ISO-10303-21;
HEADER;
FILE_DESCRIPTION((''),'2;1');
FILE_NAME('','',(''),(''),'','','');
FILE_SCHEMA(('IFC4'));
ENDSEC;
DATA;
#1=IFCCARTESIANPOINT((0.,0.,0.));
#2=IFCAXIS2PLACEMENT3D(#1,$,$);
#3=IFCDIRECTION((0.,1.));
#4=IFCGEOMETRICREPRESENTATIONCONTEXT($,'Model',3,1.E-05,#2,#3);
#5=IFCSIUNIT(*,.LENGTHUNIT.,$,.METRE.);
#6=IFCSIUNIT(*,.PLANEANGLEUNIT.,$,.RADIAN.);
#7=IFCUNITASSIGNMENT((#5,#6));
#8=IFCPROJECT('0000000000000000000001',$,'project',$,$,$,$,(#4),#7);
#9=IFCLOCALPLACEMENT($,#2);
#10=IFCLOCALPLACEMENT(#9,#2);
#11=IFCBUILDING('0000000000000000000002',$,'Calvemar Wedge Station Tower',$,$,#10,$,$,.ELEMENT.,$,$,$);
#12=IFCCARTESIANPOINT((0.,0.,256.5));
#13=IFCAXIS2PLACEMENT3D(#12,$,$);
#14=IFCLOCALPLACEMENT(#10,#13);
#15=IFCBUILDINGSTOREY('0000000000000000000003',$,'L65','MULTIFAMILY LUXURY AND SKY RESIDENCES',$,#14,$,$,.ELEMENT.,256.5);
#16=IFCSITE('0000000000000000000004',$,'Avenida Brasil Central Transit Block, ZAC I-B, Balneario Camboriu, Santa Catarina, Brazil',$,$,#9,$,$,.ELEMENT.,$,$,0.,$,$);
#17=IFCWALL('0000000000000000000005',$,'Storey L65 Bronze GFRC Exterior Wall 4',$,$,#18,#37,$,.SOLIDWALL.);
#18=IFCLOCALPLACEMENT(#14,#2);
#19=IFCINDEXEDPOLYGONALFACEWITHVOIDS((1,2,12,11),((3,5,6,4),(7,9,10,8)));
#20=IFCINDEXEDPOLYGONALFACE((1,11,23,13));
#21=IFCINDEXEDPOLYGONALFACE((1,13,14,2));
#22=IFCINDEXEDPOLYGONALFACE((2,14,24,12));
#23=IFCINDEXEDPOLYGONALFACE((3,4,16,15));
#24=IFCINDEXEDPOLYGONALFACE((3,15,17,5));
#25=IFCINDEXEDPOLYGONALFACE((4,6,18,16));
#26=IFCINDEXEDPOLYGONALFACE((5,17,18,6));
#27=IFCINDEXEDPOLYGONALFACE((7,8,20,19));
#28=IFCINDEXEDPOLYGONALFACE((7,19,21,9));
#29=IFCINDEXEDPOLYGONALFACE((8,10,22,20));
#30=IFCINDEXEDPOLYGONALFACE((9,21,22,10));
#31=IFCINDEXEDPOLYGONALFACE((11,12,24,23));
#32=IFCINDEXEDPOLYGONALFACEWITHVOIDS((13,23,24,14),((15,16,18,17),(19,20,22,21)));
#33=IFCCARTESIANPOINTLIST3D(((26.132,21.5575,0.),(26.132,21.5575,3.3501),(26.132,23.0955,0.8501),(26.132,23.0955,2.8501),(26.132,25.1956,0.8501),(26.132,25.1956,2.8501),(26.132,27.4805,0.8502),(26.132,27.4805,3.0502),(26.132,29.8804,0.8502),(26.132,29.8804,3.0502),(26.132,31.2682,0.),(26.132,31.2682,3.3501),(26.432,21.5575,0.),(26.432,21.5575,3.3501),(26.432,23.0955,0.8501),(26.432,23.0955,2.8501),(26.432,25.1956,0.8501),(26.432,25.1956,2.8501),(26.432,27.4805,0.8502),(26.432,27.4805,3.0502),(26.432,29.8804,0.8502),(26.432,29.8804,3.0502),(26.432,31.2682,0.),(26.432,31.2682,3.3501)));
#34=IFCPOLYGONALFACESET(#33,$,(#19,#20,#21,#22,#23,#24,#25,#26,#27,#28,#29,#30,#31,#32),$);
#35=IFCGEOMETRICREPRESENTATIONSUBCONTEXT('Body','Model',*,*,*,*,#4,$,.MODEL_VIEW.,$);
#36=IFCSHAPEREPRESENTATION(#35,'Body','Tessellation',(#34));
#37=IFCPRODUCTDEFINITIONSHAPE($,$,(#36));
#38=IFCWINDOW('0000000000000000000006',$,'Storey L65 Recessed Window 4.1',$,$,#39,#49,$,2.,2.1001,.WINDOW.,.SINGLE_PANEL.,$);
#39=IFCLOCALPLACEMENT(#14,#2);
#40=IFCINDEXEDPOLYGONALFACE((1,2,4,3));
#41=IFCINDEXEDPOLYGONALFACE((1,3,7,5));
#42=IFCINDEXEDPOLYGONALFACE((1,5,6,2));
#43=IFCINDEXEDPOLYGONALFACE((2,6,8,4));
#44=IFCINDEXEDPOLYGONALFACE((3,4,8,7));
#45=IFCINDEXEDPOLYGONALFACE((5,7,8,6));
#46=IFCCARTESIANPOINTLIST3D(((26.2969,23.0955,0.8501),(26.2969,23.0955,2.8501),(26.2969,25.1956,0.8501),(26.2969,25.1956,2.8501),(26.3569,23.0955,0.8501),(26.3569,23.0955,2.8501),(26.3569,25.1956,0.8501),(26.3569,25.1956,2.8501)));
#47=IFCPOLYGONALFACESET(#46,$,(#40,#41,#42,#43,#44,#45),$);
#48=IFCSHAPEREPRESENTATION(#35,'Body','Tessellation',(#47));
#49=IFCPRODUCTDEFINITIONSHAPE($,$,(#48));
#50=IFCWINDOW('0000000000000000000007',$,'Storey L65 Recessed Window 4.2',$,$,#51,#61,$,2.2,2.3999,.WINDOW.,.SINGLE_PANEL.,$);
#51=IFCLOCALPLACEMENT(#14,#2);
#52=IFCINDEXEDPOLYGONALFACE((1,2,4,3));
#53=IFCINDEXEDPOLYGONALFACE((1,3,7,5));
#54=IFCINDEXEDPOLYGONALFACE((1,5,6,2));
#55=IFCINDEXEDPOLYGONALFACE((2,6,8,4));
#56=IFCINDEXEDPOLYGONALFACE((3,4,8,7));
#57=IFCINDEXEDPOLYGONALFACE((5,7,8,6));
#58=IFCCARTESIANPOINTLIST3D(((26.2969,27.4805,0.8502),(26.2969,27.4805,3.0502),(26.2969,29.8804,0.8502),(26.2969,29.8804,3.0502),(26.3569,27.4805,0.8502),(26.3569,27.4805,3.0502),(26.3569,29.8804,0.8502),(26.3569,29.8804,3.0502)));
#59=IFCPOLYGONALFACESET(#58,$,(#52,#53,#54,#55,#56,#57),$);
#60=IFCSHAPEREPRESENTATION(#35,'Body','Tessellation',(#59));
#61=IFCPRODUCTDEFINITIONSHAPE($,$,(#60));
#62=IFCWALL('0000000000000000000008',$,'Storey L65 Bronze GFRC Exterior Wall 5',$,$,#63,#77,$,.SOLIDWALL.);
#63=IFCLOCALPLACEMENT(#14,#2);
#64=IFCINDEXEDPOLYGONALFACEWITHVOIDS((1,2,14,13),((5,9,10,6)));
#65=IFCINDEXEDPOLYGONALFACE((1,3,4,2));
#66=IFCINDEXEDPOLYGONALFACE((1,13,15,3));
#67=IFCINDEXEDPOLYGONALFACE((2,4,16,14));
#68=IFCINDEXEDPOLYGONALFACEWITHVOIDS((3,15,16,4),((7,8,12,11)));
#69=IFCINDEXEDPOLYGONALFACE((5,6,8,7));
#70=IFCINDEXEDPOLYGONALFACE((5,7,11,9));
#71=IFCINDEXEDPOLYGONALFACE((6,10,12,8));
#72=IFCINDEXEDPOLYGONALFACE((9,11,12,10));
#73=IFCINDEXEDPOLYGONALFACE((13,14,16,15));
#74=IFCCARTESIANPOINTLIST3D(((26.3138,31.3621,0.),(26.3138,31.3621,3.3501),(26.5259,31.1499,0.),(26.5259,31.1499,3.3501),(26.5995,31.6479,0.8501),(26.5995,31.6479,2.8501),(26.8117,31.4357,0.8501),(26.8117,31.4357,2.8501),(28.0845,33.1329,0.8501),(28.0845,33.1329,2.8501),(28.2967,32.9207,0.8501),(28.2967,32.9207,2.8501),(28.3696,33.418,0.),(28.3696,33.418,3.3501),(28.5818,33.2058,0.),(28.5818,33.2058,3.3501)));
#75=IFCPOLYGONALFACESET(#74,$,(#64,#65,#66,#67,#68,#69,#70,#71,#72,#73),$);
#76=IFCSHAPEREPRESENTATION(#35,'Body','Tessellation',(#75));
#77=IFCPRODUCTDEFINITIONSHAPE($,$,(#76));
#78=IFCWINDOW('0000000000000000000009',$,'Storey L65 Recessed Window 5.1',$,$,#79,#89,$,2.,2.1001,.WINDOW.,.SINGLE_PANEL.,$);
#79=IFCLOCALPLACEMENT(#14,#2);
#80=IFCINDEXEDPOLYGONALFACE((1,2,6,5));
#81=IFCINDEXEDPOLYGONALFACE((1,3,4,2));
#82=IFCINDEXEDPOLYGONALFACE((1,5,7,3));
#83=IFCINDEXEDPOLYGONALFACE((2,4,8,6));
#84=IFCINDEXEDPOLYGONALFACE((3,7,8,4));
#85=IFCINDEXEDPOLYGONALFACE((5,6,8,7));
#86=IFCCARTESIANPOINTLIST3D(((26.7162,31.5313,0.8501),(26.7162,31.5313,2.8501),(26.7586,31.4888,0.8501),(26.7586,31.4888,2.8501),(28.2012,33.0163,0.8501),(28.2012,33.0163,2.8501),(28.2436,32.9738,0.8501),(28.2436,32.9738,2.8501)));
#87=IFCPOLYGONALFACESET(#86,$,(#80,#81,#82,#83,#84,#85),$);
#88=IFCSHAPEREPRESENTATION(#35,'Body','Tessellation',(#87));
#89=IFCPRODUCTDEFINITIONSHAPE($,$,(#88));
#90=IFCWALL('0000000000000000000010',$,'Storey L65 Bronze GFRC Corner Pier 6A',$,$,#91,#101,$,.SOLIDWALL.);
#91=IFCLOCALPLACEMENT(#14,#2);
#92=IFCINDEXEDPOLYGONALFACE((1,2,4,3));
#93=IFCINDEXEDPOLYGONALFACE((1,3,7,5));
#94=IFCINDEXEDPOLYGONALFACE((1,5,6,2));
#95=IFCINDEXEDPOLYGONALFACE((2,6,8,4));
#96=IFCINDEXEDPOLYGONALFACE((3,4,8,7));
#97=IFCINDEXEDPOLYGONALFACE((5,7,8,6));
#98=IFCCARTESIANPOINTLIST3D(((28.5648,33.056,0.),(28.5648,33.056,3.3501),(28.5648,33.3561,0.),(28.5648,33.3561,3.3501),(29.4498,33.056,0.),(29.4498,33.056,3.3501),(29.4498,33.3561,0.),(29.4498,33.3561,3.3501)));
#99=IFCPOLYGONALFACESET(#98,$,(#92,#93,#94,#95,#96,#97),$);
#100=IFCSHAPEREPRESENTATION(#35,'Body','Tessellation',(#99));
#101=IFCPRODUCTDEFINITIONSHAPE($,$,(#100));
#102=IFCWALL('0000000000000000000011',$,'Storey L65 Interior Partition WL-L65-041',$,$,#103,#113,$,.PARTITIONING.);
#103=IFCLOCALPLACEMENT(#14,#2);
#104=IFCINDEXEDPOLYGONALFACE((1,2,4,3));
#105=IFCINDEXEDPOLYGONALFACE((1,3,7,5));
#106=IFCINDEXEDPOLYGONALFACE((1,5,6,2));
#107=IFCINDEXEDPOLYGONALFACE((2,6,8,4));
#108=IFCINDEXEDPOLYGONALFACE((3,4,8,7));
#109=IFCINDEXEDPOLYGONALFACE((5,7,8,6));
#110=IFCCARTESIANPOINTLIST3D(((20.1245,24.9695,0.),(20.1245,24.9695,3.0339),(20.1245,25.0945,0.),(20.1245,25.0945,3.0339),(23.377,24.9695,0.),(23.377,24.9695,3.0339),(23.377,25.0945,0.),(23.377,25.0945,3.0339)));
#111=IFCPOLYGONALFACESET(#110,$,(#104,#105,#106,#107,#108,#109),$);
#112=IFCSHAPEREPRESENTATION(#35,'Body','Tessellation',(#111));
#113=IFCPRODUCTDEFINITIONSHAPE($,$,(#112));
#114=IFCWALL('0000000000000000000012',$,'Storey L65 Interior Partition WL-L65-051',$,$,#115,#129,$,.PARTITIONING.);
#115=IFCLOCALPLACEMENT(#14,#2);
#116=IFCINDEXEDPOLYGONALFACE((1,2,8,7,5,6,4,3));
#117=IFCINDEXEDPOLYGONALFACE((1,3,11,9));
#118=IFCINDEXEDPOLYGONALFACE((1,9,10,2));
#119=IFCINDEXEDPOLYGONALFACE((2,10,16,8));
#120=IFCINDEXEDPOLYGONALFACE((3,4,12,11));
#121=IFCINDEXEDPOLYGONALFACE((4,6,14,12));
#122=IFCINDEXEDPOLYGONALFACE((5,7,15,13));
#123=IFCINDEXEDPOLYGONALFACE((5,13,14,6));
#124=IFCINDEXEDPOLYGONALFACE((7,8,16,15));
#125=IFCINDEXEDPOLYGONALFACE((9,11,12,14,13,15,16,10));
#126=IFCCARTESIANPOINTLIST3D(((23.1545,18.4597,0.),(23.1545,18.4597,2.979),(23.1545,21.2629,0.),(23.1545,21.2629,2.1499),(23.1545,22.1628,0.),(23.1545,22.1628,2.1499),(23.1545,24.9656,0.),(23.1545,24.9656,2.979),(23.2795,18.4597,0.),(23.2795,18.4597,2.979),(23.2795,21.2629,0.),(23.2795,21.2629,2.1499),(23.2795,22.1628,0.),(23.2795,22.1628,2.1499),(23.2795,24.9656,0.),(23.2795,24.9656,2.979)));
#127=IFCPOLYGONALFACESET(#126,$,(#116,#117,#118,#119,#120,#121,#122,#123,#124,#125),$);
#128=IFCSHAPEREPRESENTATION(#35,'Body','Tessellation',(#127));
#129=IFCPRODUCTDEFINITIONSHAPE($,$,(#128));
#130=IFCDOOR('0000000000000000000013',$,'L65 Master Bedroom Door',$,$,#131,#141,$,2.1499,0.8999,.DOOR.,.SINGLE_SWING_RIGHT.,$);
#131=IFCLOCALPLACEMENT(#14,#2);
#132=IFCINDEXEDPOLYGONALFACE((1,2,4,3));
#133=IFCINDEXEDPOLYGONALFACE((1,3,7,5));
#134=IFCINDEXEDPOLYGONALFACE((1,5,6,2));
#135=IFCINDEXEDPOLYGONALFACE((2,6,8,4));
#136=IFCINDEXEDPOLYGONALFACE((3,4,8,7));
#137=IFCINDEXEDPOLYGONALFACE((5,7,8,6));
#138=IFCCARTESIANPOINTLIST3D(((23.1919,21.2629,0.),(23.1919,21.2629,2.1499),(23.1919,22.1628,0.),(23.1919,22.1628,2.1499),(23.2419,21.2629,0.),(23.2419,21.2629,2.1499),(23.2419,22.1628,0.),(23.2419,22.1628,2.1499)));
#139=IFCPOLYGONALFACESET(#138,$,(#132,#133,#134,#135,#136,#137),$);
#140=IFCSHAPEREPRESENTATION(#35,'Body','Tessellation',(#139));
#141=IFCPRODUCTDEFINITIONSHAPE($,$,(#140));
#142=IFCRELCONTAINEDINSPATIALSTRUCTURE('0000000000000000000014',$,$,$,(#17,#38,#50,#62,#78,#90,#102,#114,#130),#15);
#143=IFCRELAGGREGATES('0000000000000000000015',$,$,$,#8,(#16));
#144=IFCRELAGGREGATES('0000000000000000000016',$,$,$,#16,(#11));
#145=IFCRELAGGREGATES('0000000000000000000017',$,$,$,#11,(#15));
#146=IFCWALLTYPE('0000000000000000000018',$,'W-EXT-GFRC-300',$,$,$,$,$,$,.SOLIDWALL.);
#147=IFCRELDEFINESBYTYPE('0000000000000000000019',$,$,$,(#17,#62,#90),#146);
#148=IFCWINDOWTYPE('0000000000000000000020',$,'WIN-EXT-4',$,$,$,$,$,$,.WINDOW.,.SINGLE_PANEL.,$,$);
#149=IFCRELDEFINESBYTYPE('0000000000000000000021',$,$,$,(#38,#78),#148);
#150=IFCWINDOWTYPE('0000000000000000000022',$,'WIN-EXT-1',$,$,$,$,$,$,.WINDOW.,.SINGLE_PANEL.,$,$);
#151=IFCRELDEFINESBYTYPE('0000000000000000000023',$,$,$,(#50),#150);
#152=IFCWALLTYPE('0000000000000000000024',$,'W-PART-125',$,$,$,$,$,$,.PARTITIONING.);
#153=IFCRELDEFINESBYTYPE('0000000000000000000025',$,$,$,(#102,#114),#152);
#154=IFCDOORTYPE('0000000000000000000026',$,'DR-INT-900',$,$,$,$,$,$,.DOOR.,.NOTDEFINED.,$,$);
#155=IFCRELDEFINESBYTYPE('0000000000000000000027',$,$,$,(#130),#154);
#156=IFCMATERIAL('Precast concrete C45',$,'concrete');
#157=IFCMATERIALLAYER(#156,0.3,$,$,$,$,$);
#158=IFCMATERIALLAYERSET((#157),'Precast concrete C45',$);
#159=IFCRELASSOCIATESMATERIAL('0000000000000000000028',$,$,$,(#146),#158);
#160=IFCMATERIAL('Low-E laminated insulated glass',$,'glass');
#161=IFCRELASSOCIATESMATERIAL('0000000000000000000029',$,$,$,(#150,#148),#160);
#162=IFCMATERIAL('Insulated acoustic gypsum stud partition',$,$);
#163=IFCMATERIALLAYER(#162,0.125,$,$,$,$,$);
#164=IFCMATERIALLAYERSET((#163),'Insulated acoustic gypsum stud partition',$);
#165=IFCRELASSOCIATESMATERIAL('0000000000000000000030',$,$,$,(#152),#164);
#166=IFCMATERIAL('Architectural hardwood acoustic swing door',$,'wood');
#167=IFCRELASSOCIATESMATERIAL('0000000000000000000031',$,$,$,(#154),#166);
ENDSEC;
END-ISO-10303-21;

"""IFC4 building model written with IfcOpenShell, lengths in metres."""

from ifc_helpers import new_model, si_unit, direction, frame, frame_2d, origin, place, context, subcontext, project, spatial, rectangle, extrude, source, transform, mapped, material, layer, layer_set, type_object, element, fill, save


model = new_model("IFC4")

# Units and contexts
model_context = context("Model", 3, precision=1e-05, world=origin(), true_north=direction((0.0, 1.0)))
body_context = subcontext(model_context, "Body", "Model", "MODEL_VIEW")
ifc_project = project(units=[si_unit("LENGTHUNIT", "METRE"), si_unit("PLANEANGLEUNIT", "RADIAN")], contexts=[model_context])

# Site, building, storey
site_placement = place(None, origin())
site = spatial("IfcSite", under=ifc_project, at=site_placement, Name="Avenida Brasil Central Transit Block, ZAC I-B, Balneario Camboriu, Santa Catarina, Brazil", CompositionType="ELEMENT", RefElevation=0.0)
building_placement = place(site_placement, origin())
building = spatial("IfcBuilding", under=site, at=building_placement, Name="Calvemar Wedge Station Tower", CompositionType="ELEMENT")
storey_placement = place(building_placement, frame((0.0, 0.0, 256.5)))
storey = spatial("IfcBuildingStorey", under=building, at=storey_placement, Name="L65", Description="MULTIFAMILY LUXURY AND SKY RESIDENCES", CompositionType="ELEMENT", Elevation=256.5)

# Shared definitions
ifc_material_1 = material(Name="Precast concrete C45", Category="concrete")
ifc_layer_1 = layer(ifc_material_1, 0.3)
ifc_layer_set_1 = layer_set([ifc_layer_1], Name="Precast concrete C45")
wall_type_1 = type_object("IfcWallType", Name="W-EXT-GFRC-300", PredefinedType="SOLIDWALL", material=ifc_layer_set_1)
shared_shape_1 = source(origin(), body_context, "Body", "SweptSolid", [
    extrude(rectangle(XDim=2.3999, YDim=2.2, at=frame_2d((1.2, 1.1001))), frame((0.0, 0.1602, 0.0), z_axis=(0.0, -1.0, 0.0), x_axis=(1.0, 0.0, 0.0)), (0.0, 0.0, 1.0), 0.3201),
])
ifc_material_2 = material(Name="Low-E laminated insulated glass", Category="glass")
window_type_1 = type_object("IfcWindowType", Name="WIN-EXT-1", PartitioningType="SINGLE_PANEL", PredefinedType="WINDOW", material=ifc_material_2)
shared_shape_2 = source(origin(), body_context, "Body", "SweptSolid", [
    extrude(rectangle(XDim=2.3999, YDim=2.2, at=frame_2d((1.2, 1.1001))), frame((0.0, -0.0149, 0.0), z_axis=(0.0, -1.0, 0.0), x_axis=(1.0, 0.0, 0.0)), (0.0, 0.0, 1.0), 0.0601),
])

# Wall, openings, windows
wall_1_placement = place(storey_placement, frame((26.282, 21.5574, 0.0), z_axis=(0.0, 0.0, 1.0), x_axis=(0.0, 1.0, 0.0)))
wall_1 = element("IfcWall", 1, at=wall_1_placement, inside=storey, type_object=wall_type_1, Name="Storey L65 Bronze GFRC Exterior Wall 4", PredefinedType="SOLIDWALL", context=body_context, shape_type="SweptSolid", body=[
    extrude(rectangle(XDim=9.7107, YDim=0.3, at=frame_2d((4.8555, 0.0))), origin(), (0.0, 0.0, 1.0), 3.3501),
])
shared_shape_3 = source(origin(), body_context, "Body", "SweptSolid", [
    extrude(rectangle(XDim=2.1001, YDim=2.0, at=frame_2d((1.05, 1.0))), frame((0.0, 0.1602, 0.0), z_axis=(0.0, -1.0, 0.0), x_axis=(1.0, 0.0, 0.0)), (0.0, 0.0, 1.0), 0.3201),
])
opening_1_placement = place(wall_1_placement, frame((1.5381, 0.0, 0.8501)))
opening_1 = element("IfcOpeningElement", 2, at=opening_1_placement, cuts=wall_1, PredefinedType="OPENING", context=body_context, shape_type="MappedRepresentation", body=[
    mapped(shared_shape_3, transform((0.0, 0.0, 0.0), scale=1.0)),
])
opening_2_placement = place(wall_1_placement, frame((5.9231, 0.0, 0.8501)))
opening_2 = element("IfcOpeningElement", 3, at=opening_2_placement, cuts=wall_1, PredefinedType="OPENING", context=body_context, shape_type="MappedRepresentation", body=[
    mapped(shared_shape_1, transform((0.0, 0.0, 0.0), scale=1.0)),
])
window_type_2 = type_object("IfcWindowType", Name="WIN-EXT-4", PartitioningType="SINGLE_PANEL", PredefinedType="WINDOW", material=ifc_material_2)
shared_shape_4 = source(origin(), body_context, "Body", "SweptSolid", [
    extrude(rectangle(XDim=2.1001, YDim=2.0, at=frame_2d((1.05, 1.0))), frame((0.0, -0.0149, 0.0), z_axis=(0.0, -1.0, 0.0), x_axis=(1.0, 0.0, 0.0)), (0.0, 0.0, 1.0), 0.0601),
])
window_1_placement = place(opening_1_placement, origin())
window_1 = element("IfcWindow", 4, at=window_1_placement, inside=storey, type_object=window_type_2, Name="Storey L65 Recessed Window 4.1", OverallHeight=2.0, OverallWidth=2.1001, PartitioningType="SINGLE_PANEL", PredefinedType="WINDOW", context=body_context, shape_type="MappedRepresentation", body=[
    mapped(shared_shape_4, transform((0.0, 0.0, 0.0), scale=1.0)),
])
fill(opening_1, window_1)
window_2_placement = place(opening_2_placement, origin())
window_2 = element("IfcWindow", 5, at=window_2_placement, inside=storey, type_object=window_type_1, Name="Storey L65 Recessed Window 4.2", OverallHeight=2.2, OverallWidth=2.3999, PartitioningType="SINGLE_PANEL", PredefinedType="WINDOW", context=body_context, shape_type="MappedRepresentation", body=[
    mapped(shared_shape_2, transform((0.0, 0.0, 0.0), scale=1.0)),
])
fill(opening_2, window_2)

# Wall, opening, window
wall_2_placement = place(storey_placement, frame((26.4199, 31.2561, 0.0), z_axis=(0.0, 0.0, 1.0), x_axis=(0.707107, 0.707107, 0.0)))
wall_2 = element("IfcWall", 6, at=wall_2_placement, inside=storey, type_object=wall_type_1, Name="Storey L65 Bronze GFRC Exterior Wall 5", PredefinedType="SOLIDWALL", context=body_context, shape_type="SweptSolid", body=[
    extrude(rectangle(XDim=2.9075, YDim=0.3, at=frame_2d((1.4536, 0.0))), origin(), (0.0, 0.0, 1.0), 3.3501),
])
opening_3_placement = place(wall_2_placement, frame((0.4041, 0.0, 0.8501)))
opening_3 = element("IfcOpeningElement", 7, at=opening_3_placement, cuts=wall_2, PredefinedType="OPENING", context=body_context, shape_type="MappedRepresentation", body=[
    mapped(shared_shape_3, transform((0.0, 0.0, 0.0), scale=1.0)),
])
window_3_placement = place(opening_3_placement, origin())
window_3 = element("IfcWindow", 8, at=window_3_placement, inside=storey, type_object=window_type_2, Name="Storey L65 Recessed Window 5.1", OverallHeight=2.0, OverallWidth=2.1001, PartitioningType="SINGLE_PANEL", PredefinedType="WINDOW", context=body_context, shape_type="MappedRepresentation", body=[
    mapped(shared_shape_4, transform((0.0, 0.0, 0.0), scale=1.0)),
])
fill(opening_3, window_3)

# Walls
wall_3_placement = place(storey_placement, frame((28.5649, 33.2061, 0.0), z_axis=(0.0, 0.0, 1.0), x_axis=(1.0, 0.0, 0.0)))
element("IfcWall", 9, at=wall_3_placement, inside=storey, type_object=wall_type_1, Name="Storey L65 Bronze GFRC Corner Pier 6A", PredefinedType="SOLIDWALL", context=body_context, shape_type="SweptSolid", body=[
    extrude(rectangle(XDim=0.885, YDim=0.3, at=frame_2d((0.4424, 0.0))), origin(), (0.0, 0.0, 1.0), 3.3501),
])
ifc_material_3 = material(Name="Insulated acoustic gypsum stud partition")
ifc_layer_2 = layer(ifc_material_3, 0.125)
ifc_layer_set_2 = layer_set([ifc_layer_2], Name="Insulated acoustic gypsum stud partition")
wall_type_2 = type_object("IfcWallType", Name="W-PART-125", PredefinedType="PARTITIONING", material=ifc_layer_set_2)
wall_4_placement = place(storey_placement, frame((23.377, 25.032, 0.0), z_axis=(0.0, 0.0, 1.0), x_axis=(-1.0, 0.0, 0.0)))
element("IfcWall", 10, at=wall_4_placement, inside=storey, type_object=wall_type_2, Name="Storey L65 Interior Partition WL-L65-041", PredefinedType="PARTITIONING", context=body_context, shape_type="SweptSolid", body=[
    extrude(rectangle(XDim=3.2524, YDim=0.125, at=frame_2d((1.6262, 0.0))), origin(), (0.0, 0.0, 1.0), 3.0339),
])

# Wall, opening, door
wall_5_placement = place(storey_placement, frame((23.217, 24.9656, 0.0), z_axis=(0.0, 0.0, 1.0), x_axis=(0.0, -1.0, 0.0)))
wall_5 = element("IfcWall", 11, at=wall_5_placement, inside=storey, type_object=wall_type_2, Name="Storey L65 Interior Partition WL-L65-051", PredefinedType="PARTITIONING", context=body_context, shape_type="SweptSolid", body=[
    extrude(rectangle(XDim=6.5059, YDim=0.125, at=frame_2d((3.2529, 0.0))), origin(), (0.0, 0.0, 1.0), 2.979),
])
shared_shape_5 = source(origin(), body_context, "Body", "SweptSolid", [
    extrude(rectangle(XDim=0.8999, YDim=2.1499, at=frame_2d((0.45, 1.075))), frame((0.0, 0.0725, 0.0), z_axis=(0.0, -1.0, 0.0), x_axis=(1.0, 0.0, 0.0)), (0.0, 0.0, 1.0), 0.145),
])
opening_4_placement = place(wall_5_placement, frame((2.8027, 0.0, 0.0)))
opening_4 = element("IfcOpeningElement", 12, at=opening_4_placement, cuts=wall_5, PredefinedType="OPENING", context=body_context, shape_type="MappedRepresentation", body=[
    mapped(shared_shape_5, transform((0.0, 0.0, 0.0), scale=1.0)),
])
ifc_material_4 = material(Name="Architectural hardwood acoustic swing door", Category="wood")
door_type = type_object("IfcDoorType", Name="DR-INT-900", OperationType="NOTDEFINED", PredefinedType="DOOR", material=ifc_material_4)
shared_shape_6 = source(origin(), body_context, "Body", "SweptSolid", [
    extrude(rectangle(XDim=0.8999, YDim=2.1499, at=frame_2d((0.45, 1.075))), frame((0.0, 0.0249, 0.0), z_axis=(0.0, -1.0, 0.0), x_axis=(1.0, 0.0, 0.0)), (0.0, 0.0, 1.0), 0.05),
])
door_placement = place(opening_4_placement, origin())
door = element("IfcDoor", 13, at=door_placement, inside=storey, type_object=door_type, Name="L65 Master Bedroom Door", OperationType="SINGLE_SWING_RIGHT", OverallHeight=2.1499, OverallWidth=0.8999, PredefinedType="DOOR", context=body_context, shape_type="MappedRepresentation", body=[
    mapped(shared_shape_6, transform((0.0, 0.0, 0.0), scale=1.0)),
])
fill(opening_4, door)

save(model, "model.ifc")
